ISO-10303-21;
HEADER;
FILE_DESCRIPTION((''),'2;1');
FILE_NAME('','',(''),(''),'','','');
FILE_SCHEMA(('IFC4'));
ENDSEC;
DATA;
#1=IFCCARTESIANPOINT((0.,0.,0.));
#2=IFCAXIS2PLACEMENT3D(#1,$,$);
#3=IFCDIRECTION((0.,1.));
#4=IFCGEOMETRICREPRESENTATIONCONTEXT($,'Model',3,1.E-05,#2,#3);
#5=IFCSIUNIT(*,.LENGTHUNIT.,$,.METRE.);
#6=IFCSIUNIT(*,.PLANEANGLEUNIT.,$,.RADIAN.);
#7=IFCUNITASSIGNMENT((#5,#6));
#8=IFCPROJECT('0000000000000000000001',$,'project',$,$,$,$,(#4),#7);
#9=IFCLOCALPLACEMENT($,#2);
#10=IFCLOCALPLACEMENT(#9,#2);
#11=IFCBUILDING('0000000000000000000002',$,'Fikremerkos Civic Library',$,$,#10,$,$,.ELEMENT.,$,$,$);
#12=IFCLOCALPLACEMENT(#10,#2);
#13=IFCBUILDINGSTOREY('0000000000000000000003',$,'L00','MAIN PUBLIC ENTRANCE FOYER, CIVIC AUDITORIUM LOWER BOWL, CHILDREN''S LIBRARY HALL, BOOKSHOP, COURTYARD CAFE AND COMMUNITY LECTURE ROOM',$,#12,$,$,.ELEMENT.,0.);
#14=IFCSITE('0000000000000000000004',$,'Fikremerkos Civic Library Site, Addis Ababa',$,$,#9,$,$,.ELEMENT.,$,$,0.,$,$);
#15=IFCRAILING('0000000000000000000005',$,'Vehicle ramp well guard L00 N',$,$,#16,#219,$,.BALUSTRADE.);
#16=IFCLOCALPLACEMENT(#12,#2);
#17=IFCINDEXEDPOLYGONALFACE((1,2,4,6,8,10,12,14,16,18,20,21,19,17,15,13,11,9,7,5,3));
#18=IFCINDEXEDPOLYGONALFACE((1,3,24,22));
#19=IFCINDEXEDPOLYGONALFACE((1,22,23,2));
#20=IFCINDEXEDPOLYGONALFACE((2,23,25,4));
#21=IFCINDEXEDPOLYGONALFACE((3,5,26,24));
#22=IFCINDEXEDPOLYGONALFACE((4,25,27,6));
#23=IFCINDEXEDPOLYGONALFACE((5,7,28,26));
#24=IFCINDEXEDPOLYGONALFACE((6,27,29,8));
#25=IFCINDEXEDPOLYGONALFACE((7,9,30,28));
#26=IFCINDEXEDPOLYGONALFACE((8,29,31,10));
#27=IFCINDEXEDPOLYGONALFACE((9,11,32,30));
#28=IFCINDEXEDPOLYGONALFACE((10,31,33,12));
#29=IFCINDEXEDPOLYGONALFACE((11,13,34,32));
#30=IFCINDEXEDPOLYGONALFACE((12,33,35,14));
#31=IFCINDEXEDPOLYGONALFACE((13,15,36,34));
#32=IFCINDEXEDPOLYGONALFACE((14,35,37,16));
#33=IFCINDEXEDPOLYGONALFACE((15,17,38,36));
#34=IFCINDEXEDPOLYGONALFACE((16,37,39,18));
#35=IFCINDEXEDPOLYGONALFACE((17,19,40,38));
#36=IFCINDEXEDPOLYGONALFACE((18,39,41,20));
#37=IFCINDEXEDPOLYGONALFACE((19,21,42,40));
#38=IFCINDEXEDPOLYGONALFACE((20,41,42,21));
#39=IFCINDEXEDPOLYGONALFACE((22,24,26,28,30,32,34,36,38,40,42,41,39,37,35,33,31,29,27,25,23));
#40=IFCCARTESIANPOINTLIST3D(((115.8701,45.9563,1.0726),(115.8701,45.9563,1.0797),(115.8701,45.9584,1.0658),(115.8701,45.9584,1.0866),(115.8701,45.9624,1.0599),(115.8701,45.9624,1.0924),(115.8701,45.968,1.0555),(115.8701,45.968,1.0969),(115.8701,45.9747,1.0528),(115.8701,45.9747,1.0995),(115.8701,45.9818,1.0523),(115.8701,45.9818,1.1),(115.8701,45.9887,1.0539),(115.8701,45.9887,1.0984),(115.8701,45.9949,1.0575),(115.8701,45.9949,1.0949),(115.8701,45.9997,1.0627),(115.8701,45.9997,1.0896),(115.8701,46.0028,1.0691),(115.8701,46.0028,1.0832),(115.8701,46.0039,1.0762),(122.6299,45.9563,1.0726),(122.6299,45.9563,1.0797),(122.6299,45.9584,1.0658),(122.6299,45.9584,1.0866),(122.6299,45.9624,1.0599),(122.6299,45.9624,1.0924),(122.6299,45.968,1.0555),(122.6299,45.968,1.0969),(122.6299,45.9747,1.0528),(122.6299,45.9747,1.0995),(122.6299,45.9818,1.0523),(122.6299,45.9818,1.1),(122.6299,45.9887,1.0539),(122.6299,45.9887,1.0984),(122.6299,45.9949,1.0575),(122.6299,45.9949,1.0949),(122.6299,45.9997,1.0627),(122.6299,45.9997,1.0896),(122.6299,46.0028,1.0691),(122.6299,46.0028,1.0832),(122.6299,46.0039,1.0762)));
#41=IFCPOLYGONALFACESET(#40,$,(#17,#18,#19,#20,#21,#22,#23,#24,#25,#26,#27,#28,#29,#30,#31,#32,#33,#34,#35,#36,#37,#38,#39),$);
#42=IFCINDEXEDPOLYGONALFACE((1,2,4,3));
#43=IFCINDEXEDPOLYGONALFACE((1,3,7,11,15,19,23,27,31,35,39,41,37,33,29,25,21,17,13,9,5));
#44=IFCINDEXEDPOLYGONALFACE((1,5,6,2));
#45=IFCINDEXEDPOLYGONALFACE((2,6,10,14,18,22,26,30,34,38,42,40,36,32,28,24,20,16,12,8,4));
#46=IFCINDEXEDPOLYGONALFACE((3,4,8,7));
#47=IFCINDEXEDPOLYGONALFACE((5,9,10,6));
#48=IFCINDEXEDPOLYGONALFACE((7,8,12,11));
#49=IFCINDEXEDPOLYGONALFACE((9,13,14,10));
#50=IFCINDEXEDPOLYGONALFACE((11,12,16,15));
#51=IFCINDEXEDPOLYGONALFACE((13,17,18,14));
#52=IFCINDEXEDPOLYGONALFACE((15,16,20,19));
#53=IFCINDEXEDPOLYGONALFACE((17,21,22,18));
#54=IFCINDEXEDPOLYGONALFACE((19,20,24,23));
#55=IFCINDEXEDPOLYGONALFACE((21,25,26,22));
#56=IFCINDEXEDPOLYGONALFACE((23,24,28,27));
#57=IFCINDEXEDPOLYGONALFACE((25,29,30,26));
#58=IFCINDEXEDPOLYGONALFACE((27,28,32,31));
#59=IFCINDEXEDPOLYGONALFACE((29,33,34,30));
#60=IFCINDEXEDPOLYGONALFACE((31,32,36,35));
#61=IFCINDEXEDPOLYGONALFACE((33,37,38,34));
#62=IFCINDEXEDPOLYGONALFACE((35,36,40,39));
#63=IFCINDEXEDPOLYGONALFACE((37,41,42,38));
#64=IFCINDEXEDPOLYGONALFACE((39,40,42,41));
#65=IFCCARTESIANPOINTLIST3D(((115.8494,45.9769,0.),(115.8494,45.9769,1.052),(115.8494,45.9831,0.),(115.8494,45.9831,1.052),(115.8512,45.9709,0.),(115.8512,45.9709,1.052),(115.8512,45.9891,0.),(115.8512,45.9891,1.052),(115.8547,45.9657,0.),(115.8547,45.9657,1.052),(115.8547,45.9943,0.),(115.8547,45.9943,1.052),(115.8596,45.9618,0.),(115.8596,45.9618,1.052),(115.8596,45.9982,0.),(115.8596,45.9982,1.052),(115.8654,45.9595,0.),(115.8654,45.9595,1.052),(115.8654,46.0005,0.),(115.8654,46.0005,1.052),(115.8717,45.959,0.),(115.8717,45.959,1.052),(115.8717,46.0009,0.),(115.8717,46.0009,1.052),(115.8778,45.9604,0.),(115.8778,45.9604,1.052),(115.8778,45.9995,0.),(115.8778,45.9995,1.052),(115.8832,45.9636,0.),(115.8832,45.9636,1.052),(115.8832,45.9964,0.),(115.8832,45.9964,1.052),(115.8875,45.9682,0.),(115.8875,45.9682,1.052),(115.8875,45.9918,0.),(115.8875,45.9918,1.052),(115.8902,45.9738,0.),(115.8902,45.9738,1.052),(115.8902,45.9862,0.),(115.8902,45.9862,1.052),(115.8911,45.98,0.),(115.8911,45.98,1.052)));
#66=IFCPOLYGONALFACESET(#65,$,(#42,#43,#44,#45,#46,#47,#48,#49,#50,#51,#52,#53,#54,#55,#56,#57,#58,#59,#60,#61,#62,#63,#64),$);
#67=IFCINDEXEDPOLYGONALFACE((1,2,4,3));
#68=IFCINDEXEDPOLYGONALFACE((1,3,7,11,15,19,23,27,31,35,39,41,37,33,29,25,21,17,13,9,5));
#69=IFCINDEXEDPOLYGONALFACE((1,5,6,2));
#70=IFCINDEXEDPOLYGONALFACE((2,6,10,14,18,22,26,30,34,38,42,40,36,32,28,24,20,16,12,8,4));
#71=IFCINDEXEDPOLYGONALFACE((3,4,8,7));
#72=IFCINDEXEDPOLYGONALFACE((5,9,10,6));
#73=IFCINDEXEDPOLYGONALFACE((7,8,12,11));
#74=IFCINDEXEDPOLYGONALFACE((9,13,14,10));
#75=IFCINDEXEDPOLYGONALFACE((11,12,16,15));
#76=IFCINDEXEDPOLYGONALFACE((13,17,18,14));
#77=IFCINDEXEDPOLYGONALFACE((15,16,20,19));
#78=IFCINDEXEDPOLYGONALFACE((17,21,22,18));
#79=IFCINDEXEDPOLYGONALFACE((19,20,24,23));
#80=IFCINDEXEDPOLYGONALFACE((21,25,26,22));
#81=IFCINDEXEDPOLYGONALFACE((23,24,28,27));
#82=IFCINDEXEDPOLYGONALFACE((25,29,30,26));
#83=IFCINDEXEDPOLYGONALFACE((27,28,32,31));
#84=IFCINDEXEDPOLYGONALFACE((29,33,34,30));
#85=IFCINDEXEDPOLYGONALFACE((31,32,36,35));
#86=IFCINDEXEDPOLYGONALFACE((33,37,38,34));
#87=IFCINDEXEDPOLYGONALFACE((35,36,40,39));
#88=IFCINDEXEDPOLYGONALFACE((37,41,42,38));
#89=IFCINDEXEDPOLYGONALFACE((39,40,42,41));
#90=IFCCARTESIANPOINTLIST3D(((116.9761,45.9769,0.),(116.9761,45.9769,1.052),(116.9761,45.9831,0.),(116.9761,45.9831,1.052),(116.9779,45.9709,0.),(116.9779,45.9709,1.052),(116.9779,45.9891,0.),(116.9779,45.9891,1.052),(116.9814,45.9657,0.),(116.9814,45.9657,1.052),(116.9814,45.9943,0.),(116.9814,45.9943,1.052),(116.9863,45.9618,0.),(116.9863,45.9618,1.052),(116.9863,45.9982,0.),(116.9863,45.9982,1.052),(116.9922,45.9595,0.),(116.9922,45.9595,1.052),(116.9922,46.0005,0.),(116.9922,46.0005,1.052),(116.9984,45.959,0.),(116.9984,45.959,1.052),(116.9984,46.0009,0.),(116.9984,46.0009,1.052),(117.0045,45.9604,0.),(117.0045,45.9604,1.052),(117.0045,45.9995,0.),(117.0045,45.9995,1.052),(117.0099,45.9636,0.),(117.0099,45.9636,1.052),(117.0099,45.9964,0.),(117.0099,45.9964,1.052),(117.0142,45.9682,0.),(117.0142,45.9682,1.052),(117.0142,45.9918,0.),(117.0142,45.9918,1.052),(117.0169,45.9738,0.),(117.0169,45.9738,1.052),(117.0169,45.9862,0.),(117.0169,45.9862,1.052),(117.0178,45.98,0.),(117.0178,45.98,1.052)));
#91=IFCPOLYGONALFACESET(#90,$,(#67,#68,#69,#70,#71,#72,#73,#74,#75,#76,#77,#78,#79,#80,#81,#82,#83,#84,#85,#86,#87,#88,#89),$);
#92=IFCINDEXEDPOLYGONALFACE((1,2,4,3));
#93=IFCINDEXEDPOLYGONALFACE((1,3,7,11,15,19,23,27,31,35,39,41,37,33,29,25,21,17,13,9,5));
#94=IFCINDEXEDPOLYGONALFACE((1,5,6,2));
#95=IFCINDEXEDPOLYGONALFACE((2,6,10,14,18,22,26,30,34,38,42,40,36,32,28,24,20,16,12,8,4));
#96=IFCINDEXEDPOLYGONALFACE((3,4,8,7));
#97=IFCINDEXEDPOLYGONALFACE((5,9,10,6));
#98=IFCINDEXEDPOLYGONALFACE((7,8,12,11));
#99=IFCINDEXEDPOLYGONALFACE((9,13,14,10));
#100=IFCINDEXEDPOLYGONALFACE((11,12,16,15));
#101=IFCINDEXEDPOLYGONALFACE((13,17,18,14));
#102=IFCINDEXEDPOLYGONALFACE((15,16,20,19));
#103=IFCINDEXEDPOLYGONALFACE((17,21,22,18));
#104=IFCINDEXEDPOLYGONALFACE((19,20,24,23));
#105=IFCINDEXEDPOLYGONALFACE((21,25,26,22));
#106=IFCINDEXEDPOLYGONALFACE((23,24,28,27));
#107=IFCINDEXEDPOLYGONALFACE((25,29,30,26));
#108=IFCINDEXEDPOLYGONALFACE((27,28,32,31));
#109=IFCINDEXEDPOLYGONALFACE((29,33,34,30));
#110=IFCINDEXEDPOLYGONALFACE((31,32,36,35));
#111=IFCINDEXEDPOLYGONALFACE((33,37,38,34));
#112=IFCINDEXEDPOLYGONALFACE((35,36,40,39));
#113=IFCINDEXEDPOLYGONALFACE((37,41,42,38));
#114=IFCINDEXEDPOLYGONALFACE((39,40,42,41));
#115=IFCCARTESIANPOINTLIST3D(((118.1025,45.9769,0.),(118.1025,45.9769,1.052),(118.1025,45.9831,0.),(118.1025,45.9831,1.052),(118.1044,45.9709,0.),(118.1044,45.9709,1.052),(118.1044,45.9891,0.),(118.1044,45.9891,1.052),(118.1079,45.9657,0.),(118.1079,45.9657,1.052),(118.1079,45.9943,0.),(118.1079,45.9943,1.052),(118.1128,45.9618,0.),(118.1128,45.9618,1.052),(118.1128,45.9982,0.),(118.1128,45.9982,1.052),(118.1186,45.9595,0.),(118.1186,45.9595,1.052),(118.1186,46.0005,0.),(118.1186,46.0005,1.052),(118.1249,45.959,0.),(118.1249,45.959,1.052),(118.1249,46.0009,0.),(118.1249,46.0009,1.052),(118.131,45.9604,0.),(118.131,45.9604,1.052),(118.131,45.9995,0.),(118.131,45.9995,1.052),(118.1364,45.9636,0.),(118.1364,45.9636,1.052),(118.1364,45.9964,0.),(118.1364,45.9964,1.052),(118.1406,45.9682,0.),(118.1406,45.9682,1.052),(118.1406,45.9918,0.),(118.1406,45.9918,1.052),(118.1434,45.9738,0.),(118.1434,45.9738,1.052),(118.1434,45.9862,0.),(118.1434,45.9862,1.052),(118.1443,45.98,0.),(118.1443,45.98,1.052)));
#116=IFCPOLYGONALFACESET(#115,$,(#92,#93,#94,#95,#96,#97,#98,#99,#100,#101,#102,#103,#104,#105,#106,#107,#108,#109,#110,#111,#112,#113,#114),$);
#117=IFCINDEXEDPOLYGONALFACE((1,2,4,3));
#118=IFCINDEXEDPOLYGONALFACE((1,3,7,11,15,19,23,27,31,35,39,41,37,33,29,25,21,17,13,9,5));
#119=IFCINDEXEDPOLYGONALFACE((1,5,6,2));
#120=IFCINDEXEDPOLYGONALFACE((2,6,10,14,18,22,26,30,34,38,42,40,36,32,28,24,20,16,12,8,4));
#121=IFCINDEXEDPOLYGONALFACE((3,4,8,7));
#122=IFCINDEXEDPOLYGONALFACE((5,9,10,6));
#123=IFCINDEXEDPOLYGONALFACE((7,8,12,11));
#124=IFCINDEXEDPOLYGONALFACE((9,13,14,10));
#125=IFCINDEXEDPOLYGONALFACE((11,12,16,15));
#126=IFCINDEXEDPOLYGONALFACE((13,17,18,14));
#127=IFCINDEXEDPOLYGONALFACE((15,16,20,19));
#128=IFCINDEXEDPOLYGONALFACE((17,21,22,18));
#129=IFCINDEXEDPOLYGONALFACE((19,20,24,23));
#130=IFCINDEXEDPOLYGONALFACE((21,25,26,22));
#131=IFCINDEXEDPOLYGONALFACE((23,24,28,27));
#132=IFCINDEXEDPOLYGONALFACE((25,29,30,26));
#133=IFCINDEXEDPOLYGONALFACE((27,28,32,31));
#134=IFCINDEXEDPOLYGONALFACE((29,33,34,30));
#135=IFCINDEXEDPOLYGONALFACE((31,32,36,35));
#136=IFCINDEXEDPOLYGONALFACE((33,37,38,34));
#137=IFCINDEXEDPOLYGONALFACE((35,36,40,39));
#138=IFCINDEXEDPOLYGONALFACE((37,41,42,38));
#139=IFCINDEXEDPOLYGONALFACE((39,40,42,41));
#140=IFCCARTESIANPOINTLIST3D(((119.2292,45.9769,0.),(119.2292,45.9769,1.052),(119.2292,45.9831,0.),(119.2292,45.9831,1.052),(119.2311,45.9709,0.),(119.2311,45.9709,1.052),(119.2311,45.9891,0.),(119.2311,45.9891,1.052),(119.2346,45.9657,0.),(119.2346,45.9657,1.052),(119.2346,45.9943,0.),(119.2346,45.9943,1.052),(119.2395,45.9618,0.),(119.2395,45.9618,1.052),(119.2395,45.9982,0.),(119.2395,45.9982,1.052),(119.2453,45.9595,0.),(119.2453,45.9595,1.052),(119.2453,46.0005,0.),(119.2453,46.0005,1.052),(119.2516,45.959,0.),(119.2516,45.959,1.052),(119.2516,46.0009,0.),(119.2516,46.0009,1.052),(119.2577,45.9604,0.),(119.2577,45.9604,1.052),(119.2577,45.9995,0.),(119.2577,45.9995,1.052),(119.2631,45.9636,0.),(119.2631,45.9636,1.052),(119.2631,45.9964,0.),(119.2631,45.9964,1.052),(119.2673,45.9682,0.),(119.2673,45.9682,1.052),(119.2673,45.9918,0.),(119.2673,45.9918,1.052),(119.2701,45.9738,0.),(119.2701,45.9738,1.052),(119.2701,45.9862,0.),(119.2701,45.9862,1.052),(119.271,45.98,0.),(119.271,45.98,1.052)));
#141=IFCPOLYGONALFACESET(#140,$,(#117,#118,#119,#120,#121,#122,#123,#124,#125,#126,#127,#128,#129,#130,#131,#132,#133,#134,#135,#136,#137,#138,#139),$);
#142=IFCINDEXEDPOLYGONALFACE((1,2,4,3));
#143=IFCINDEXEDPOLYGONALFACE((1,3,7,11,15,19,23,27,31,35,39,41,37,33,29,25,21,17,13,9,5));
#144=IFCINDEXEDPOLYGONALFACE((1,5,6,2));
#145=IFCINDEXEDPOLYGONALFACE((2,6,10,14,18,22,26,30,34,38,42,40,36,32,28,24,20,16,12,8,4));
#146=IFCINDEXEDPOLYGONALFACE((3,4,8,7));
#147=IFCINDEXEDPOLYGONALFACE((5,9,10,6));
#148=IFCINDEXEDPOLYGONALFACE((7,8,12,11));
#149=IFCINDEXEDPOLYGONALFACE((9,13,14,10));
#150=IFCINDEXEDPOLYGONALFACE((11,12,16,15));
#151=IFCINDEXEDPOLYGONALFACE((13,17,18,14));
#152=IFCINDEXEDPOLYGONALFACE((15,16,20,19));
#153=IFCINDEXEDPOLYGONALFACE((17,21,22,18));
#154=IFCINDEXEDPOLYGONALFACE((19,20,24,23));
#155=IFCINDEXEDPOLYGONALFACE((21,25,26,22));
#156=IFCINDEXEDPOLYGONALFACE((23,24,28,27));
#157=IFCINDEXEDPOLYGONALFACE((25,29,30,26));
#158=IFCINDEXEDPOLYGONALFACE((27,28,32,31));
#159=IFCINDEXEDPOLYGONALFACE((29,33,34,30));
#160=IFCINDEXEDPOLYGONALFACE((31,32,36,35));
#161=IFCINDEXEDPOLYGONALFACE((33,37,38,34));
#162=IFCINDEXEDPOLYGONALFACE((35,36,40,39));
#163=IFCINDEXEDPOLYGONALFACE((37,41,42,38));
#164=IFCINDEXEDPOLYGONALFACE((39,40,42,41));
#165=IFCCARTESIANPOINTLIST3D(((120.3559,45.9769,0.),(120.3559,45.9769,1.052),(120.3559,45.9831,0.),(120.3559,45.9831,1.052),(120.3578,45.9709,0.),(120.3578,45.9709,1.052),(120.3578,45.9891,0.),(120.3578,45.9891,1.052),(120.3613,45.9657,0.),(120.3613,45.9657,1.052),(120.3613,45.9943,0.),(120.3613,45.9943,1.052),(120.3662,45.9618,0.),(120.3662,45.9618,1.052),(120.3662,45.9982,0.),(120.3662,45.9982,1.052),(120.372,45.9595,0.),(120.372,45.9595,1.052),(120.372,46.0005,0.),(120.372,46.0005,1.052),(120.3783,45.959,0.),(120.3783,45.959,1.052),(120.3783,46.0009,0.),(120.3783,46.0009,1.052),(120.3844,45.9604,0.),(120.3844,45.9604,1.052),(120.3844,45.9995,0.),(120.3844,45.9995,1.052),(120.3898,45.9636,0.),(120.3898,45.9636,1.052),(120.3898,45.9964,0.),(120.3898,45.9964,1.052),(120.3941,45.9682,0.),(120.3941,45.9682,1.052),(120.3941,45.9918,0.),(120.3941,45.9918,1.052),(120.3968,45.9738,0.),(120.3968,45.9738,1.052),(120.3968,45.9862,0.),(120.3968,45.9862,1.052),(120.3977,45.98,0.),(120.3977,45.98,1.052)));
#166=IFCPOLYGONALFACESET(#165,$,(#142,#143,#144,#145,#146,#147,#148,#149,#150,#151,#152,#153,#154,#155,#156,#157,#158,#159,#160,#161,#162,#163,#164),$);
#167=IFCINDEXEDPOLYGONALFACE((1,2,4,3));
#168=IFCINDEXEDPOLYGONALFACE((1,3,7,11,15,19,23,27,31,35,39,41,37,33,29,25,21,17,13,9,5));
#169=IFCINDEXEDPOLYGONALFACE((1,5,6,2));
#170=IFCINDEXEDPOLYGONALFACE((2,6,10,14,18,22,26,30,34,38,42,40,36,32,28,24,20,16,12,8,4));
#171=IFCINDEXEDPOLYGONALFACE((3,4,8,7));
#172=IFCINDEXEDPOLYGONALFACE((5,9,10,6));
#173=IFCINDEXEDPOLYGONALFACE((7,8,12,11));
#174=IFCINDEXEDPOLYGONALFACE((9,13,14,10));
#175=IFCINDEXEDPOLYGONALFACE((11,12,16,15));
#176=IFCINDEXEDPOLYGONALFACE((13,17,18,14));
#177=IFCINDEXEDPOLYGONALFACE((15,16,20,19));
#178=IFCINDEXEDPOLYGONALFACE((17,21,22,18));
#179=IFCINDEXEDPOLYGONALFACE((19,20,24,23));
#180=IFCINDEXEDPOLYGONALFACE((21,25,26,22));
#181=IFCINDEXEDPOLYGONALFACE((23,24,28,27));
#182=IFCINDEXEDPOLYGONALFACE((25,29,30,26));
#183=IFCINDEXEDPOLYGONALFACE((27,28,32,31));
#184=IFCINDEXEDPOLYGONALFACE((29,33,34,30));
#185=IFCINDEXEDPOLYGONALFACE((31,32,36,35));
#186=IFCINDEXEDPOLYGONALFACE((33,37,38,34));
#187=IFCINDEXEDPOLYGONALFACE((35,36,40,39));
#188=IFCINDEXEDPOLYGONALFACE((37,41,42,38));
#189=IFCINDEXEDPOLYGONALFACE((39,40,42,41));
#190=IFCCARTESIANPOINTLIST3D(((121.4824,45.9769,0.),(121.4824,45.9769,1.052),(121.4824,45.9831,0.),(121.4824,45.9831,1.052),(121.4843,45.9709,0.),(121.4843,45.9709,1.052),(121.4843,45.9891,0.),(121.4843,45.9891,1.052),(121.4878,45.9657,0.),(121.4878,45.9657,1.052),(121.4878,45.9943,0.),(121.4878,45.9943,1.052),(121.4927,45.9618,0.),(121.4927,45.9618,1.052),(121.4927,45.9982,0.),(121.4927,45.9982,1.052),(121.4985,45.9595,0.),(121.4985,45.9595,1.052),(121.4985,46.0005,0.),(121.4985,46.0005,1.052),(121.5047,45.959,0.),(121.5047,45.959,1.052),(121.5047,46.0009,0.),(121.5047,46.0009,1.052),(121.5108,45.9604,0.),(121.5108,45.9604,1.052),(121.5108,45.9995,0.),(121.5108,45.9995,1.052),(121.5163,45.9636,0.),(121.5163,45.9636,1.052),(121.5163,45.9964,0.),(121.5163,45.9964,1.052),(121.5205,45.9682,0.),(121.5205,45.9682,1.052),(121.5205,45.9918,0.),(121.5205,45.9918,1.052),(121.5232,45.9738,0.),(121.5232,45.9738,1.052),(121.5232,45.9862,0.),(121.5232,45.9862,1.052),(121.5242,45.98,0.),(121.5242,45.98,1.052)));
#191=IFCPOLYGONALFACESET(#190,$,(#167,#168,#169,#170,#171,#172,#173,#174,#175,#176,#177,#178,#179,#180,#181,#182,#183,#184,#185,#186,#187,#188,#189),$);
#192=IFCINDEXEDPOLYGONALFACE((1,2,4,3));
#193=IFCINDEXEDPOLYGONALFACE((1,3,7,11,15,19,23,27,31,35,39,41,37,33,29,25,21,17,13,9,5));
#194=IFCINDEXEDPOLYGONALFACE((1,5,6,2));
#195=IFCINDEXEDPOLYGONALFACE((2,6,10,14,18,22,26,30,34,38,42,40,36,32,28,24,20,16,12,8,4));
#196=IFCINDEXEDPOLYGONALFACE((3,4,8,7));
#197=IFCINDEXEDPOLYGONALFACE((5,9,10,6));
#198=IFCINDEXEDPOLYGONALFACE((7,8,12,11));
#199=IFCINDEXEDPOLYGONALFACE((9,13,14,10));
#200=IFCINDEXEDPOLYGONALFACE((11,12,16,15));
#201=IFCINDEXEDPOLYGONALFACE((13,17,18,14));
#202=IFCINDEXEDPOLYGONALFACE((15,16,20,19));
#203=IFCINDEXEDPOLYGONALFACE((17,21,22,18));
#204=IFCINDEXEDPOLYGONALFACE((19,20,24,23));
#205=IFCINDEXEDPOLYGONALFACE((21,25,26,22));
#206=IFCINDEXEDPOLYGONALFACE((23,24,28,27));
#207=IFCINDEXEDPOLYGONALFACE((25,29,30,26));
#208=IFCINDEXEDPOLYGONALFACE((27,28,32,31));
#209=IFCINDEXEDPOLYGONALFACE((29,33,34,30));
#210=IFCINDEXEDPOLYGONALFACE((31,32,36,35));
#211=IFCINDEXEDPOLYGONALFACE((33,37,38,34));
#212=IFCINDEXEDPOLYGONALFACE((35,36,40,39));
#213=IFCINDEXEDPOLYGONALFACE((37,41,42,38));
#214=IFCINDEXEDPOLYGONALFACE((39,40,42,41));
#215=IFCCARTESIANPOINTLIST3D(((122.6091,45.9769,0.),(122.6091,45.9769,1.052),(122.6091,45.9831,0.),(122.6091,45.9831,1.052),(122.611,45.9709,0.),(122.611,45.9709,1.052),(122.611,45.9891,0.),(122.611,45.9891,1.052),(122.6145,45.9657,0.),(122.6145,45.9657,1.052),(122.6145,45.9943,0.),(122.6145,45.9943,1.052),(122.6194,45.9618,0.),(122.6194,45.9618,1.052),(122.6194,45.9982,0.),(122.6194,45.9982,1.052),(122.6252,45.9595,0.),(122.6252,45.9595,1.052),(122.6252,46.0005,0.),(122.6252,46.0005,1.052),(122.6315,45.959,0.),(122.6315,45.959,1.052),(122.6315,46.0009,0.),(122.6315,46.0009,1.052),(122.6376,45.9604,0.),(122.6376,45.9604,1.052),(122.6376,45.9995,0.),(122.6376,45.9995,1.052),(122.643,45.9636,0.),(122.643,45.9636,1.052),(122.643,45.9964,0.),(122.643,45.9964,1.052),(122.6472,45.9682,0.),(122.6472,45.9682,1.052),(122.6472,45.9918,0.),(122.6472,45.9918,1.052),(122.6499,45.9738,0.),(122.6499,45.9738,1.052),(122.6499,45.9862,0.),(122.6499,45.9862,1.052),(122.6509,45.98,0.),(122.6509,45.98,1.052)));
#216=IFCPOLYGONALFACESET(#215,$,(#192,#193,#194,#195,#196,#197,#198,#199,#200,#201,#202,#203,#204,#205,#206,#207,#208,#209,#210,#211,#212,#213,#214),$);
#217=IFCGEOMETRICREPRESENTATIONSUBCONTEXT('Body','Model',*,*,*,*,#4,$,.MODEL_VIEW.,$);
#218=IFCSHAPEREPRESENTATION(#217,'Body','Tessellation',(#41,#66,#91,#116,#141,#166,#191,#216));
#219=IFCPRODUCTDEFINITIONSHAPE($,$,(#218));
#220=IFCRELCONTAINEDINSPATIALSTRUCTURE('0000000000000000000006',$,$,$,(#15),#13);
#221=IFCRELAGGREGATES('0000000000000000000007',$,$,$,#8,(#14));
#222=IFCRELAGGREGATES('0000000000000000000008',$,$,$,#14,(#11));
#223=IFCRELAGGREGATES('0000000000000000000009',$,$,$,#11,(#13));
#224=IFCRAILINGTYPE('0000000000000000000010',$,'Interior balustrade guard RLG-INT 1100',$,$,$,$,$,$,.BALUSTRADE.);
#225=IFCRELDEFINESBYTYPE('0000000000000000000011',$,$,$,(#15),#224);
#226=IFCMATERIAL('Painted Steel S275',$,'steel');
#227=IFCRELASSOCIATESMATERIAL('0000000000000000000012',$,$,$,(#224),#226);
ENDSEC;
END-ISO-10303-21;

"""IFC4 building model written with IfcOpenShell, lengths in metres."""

from ifc_helpers import new_model, si_unit, direction, frame, origin, origin_2d, place, context, subcontext, project, spatial, circle, extrude, material, type_object, element, save


model = new_model("IFC4")

# Units and contexts
model_context = context("Model", 3, precision=1e-05, world=origin(), true_north=direction((0.0, 1.0)))
body_context = subcontext(model_context, "Body", "Model", "MODEL_VIEW")
ifc_project = project(units=[si_unit("LENGTHUNIT", "METRE"), si_unit("PLANEANGLEUNIT", "RADIAN")], contexts=[model_context])

# Site, building, storey
site_placement = place(None, origin())
site = spatial("IfcSite", under=ifc_project, at=site_placement, Name="Fikremerkos Civic Library Site, Addis Ababa", CompositionType="ELEMENT", RefElevation=0.0)
building_placement = place(site_placement, origin())
building = spatial("IfcBuilding", under=site, at=building_placement, Name="Fikremerkos Civic Library", CompositionType="ELEMENT")
storey_placement = place(building_placement, origin())
storey = spatial("IfcBuildingStorey", under=building, at=storey_placement, Name="L00", Description="MAIN PUBLIC ENTRANCE FOYER, CIVIC AUDITORIUM LOWER BOWL, CHILDREN'S LIBRARY HALL, BOOKSHOP, COURTYARD CAFE AND COMMUNITY LECTURE ROOM", CompositionType="ELEMENT", Elevation=0.0)

# Railing
ifc_material_1 = material(Name="Painted Steel S275", Category="steel")
railing_type = type_object("IfcRailingType", Name="Interior balustrade guard RLG-INT 1100", PredefinedType="BALUSTRADE", material=ifc_material_1)
railing_placement = place(storey_placement, frame((115.8701, 45.98, 0.0)))
element("IfcRailing", 1, at=railing_placement, inside=storey, type_object=railing_type, Name="Vehicle ramp well guard L00 N", PredefinedType="BALUSTRADE", context=body_context, shape_type="SweptSolid", body=[
    extrude(circle(Radius=0.0239, at=origin_2d()), frame((0.0, 0.0, 1.0762), z_axis=(1.0, 0.0, 0.0), x_axis=(0.0, 1.0, 0.0)), (0.0, 0.0, 1.0), 6.7598),
    extrude(circle(Radius=0.021, at=origin_2d()), origin(), (0.0, 0.0, 1.0), 1.052),
    extrude(circle(Radius=0.021, at=origin_2d()), frame((1.1267, 0.0, 0.0)), (0.0, 0.0, 1.0), 1.052),
    extrude(circle(Radius=0.021, at=origin_2d()), frame((2.2532, 0.0, 0.0)), (0.0, 0.0, 1.0), 1.052),
    extrude(circle(Radius=0.021, at=origin_2d()), frame((3.3799, 0.0, 0.0)), (0.0, 0.0, 1.0), 1.052),
    extrude(circle(Radius=0.021, at=origin_2d()), frame((4.5066, 0.0, 0.0)), (0.0, 0.0, 1.0), 1.052),
    extrude(circle(Radius=0.021, at=origin_2d()), frame((5.6331, 0.0, 0.0)), (0.0, 0.0, 1.0), 1.052),
    extrude(circle(Radius=0.021, at=origin_2d()), frame((6.7598, 0.0, 0.0)), (0.0, 0.0, 1.0), 1.052),
])

save(model, "model.ifc")
